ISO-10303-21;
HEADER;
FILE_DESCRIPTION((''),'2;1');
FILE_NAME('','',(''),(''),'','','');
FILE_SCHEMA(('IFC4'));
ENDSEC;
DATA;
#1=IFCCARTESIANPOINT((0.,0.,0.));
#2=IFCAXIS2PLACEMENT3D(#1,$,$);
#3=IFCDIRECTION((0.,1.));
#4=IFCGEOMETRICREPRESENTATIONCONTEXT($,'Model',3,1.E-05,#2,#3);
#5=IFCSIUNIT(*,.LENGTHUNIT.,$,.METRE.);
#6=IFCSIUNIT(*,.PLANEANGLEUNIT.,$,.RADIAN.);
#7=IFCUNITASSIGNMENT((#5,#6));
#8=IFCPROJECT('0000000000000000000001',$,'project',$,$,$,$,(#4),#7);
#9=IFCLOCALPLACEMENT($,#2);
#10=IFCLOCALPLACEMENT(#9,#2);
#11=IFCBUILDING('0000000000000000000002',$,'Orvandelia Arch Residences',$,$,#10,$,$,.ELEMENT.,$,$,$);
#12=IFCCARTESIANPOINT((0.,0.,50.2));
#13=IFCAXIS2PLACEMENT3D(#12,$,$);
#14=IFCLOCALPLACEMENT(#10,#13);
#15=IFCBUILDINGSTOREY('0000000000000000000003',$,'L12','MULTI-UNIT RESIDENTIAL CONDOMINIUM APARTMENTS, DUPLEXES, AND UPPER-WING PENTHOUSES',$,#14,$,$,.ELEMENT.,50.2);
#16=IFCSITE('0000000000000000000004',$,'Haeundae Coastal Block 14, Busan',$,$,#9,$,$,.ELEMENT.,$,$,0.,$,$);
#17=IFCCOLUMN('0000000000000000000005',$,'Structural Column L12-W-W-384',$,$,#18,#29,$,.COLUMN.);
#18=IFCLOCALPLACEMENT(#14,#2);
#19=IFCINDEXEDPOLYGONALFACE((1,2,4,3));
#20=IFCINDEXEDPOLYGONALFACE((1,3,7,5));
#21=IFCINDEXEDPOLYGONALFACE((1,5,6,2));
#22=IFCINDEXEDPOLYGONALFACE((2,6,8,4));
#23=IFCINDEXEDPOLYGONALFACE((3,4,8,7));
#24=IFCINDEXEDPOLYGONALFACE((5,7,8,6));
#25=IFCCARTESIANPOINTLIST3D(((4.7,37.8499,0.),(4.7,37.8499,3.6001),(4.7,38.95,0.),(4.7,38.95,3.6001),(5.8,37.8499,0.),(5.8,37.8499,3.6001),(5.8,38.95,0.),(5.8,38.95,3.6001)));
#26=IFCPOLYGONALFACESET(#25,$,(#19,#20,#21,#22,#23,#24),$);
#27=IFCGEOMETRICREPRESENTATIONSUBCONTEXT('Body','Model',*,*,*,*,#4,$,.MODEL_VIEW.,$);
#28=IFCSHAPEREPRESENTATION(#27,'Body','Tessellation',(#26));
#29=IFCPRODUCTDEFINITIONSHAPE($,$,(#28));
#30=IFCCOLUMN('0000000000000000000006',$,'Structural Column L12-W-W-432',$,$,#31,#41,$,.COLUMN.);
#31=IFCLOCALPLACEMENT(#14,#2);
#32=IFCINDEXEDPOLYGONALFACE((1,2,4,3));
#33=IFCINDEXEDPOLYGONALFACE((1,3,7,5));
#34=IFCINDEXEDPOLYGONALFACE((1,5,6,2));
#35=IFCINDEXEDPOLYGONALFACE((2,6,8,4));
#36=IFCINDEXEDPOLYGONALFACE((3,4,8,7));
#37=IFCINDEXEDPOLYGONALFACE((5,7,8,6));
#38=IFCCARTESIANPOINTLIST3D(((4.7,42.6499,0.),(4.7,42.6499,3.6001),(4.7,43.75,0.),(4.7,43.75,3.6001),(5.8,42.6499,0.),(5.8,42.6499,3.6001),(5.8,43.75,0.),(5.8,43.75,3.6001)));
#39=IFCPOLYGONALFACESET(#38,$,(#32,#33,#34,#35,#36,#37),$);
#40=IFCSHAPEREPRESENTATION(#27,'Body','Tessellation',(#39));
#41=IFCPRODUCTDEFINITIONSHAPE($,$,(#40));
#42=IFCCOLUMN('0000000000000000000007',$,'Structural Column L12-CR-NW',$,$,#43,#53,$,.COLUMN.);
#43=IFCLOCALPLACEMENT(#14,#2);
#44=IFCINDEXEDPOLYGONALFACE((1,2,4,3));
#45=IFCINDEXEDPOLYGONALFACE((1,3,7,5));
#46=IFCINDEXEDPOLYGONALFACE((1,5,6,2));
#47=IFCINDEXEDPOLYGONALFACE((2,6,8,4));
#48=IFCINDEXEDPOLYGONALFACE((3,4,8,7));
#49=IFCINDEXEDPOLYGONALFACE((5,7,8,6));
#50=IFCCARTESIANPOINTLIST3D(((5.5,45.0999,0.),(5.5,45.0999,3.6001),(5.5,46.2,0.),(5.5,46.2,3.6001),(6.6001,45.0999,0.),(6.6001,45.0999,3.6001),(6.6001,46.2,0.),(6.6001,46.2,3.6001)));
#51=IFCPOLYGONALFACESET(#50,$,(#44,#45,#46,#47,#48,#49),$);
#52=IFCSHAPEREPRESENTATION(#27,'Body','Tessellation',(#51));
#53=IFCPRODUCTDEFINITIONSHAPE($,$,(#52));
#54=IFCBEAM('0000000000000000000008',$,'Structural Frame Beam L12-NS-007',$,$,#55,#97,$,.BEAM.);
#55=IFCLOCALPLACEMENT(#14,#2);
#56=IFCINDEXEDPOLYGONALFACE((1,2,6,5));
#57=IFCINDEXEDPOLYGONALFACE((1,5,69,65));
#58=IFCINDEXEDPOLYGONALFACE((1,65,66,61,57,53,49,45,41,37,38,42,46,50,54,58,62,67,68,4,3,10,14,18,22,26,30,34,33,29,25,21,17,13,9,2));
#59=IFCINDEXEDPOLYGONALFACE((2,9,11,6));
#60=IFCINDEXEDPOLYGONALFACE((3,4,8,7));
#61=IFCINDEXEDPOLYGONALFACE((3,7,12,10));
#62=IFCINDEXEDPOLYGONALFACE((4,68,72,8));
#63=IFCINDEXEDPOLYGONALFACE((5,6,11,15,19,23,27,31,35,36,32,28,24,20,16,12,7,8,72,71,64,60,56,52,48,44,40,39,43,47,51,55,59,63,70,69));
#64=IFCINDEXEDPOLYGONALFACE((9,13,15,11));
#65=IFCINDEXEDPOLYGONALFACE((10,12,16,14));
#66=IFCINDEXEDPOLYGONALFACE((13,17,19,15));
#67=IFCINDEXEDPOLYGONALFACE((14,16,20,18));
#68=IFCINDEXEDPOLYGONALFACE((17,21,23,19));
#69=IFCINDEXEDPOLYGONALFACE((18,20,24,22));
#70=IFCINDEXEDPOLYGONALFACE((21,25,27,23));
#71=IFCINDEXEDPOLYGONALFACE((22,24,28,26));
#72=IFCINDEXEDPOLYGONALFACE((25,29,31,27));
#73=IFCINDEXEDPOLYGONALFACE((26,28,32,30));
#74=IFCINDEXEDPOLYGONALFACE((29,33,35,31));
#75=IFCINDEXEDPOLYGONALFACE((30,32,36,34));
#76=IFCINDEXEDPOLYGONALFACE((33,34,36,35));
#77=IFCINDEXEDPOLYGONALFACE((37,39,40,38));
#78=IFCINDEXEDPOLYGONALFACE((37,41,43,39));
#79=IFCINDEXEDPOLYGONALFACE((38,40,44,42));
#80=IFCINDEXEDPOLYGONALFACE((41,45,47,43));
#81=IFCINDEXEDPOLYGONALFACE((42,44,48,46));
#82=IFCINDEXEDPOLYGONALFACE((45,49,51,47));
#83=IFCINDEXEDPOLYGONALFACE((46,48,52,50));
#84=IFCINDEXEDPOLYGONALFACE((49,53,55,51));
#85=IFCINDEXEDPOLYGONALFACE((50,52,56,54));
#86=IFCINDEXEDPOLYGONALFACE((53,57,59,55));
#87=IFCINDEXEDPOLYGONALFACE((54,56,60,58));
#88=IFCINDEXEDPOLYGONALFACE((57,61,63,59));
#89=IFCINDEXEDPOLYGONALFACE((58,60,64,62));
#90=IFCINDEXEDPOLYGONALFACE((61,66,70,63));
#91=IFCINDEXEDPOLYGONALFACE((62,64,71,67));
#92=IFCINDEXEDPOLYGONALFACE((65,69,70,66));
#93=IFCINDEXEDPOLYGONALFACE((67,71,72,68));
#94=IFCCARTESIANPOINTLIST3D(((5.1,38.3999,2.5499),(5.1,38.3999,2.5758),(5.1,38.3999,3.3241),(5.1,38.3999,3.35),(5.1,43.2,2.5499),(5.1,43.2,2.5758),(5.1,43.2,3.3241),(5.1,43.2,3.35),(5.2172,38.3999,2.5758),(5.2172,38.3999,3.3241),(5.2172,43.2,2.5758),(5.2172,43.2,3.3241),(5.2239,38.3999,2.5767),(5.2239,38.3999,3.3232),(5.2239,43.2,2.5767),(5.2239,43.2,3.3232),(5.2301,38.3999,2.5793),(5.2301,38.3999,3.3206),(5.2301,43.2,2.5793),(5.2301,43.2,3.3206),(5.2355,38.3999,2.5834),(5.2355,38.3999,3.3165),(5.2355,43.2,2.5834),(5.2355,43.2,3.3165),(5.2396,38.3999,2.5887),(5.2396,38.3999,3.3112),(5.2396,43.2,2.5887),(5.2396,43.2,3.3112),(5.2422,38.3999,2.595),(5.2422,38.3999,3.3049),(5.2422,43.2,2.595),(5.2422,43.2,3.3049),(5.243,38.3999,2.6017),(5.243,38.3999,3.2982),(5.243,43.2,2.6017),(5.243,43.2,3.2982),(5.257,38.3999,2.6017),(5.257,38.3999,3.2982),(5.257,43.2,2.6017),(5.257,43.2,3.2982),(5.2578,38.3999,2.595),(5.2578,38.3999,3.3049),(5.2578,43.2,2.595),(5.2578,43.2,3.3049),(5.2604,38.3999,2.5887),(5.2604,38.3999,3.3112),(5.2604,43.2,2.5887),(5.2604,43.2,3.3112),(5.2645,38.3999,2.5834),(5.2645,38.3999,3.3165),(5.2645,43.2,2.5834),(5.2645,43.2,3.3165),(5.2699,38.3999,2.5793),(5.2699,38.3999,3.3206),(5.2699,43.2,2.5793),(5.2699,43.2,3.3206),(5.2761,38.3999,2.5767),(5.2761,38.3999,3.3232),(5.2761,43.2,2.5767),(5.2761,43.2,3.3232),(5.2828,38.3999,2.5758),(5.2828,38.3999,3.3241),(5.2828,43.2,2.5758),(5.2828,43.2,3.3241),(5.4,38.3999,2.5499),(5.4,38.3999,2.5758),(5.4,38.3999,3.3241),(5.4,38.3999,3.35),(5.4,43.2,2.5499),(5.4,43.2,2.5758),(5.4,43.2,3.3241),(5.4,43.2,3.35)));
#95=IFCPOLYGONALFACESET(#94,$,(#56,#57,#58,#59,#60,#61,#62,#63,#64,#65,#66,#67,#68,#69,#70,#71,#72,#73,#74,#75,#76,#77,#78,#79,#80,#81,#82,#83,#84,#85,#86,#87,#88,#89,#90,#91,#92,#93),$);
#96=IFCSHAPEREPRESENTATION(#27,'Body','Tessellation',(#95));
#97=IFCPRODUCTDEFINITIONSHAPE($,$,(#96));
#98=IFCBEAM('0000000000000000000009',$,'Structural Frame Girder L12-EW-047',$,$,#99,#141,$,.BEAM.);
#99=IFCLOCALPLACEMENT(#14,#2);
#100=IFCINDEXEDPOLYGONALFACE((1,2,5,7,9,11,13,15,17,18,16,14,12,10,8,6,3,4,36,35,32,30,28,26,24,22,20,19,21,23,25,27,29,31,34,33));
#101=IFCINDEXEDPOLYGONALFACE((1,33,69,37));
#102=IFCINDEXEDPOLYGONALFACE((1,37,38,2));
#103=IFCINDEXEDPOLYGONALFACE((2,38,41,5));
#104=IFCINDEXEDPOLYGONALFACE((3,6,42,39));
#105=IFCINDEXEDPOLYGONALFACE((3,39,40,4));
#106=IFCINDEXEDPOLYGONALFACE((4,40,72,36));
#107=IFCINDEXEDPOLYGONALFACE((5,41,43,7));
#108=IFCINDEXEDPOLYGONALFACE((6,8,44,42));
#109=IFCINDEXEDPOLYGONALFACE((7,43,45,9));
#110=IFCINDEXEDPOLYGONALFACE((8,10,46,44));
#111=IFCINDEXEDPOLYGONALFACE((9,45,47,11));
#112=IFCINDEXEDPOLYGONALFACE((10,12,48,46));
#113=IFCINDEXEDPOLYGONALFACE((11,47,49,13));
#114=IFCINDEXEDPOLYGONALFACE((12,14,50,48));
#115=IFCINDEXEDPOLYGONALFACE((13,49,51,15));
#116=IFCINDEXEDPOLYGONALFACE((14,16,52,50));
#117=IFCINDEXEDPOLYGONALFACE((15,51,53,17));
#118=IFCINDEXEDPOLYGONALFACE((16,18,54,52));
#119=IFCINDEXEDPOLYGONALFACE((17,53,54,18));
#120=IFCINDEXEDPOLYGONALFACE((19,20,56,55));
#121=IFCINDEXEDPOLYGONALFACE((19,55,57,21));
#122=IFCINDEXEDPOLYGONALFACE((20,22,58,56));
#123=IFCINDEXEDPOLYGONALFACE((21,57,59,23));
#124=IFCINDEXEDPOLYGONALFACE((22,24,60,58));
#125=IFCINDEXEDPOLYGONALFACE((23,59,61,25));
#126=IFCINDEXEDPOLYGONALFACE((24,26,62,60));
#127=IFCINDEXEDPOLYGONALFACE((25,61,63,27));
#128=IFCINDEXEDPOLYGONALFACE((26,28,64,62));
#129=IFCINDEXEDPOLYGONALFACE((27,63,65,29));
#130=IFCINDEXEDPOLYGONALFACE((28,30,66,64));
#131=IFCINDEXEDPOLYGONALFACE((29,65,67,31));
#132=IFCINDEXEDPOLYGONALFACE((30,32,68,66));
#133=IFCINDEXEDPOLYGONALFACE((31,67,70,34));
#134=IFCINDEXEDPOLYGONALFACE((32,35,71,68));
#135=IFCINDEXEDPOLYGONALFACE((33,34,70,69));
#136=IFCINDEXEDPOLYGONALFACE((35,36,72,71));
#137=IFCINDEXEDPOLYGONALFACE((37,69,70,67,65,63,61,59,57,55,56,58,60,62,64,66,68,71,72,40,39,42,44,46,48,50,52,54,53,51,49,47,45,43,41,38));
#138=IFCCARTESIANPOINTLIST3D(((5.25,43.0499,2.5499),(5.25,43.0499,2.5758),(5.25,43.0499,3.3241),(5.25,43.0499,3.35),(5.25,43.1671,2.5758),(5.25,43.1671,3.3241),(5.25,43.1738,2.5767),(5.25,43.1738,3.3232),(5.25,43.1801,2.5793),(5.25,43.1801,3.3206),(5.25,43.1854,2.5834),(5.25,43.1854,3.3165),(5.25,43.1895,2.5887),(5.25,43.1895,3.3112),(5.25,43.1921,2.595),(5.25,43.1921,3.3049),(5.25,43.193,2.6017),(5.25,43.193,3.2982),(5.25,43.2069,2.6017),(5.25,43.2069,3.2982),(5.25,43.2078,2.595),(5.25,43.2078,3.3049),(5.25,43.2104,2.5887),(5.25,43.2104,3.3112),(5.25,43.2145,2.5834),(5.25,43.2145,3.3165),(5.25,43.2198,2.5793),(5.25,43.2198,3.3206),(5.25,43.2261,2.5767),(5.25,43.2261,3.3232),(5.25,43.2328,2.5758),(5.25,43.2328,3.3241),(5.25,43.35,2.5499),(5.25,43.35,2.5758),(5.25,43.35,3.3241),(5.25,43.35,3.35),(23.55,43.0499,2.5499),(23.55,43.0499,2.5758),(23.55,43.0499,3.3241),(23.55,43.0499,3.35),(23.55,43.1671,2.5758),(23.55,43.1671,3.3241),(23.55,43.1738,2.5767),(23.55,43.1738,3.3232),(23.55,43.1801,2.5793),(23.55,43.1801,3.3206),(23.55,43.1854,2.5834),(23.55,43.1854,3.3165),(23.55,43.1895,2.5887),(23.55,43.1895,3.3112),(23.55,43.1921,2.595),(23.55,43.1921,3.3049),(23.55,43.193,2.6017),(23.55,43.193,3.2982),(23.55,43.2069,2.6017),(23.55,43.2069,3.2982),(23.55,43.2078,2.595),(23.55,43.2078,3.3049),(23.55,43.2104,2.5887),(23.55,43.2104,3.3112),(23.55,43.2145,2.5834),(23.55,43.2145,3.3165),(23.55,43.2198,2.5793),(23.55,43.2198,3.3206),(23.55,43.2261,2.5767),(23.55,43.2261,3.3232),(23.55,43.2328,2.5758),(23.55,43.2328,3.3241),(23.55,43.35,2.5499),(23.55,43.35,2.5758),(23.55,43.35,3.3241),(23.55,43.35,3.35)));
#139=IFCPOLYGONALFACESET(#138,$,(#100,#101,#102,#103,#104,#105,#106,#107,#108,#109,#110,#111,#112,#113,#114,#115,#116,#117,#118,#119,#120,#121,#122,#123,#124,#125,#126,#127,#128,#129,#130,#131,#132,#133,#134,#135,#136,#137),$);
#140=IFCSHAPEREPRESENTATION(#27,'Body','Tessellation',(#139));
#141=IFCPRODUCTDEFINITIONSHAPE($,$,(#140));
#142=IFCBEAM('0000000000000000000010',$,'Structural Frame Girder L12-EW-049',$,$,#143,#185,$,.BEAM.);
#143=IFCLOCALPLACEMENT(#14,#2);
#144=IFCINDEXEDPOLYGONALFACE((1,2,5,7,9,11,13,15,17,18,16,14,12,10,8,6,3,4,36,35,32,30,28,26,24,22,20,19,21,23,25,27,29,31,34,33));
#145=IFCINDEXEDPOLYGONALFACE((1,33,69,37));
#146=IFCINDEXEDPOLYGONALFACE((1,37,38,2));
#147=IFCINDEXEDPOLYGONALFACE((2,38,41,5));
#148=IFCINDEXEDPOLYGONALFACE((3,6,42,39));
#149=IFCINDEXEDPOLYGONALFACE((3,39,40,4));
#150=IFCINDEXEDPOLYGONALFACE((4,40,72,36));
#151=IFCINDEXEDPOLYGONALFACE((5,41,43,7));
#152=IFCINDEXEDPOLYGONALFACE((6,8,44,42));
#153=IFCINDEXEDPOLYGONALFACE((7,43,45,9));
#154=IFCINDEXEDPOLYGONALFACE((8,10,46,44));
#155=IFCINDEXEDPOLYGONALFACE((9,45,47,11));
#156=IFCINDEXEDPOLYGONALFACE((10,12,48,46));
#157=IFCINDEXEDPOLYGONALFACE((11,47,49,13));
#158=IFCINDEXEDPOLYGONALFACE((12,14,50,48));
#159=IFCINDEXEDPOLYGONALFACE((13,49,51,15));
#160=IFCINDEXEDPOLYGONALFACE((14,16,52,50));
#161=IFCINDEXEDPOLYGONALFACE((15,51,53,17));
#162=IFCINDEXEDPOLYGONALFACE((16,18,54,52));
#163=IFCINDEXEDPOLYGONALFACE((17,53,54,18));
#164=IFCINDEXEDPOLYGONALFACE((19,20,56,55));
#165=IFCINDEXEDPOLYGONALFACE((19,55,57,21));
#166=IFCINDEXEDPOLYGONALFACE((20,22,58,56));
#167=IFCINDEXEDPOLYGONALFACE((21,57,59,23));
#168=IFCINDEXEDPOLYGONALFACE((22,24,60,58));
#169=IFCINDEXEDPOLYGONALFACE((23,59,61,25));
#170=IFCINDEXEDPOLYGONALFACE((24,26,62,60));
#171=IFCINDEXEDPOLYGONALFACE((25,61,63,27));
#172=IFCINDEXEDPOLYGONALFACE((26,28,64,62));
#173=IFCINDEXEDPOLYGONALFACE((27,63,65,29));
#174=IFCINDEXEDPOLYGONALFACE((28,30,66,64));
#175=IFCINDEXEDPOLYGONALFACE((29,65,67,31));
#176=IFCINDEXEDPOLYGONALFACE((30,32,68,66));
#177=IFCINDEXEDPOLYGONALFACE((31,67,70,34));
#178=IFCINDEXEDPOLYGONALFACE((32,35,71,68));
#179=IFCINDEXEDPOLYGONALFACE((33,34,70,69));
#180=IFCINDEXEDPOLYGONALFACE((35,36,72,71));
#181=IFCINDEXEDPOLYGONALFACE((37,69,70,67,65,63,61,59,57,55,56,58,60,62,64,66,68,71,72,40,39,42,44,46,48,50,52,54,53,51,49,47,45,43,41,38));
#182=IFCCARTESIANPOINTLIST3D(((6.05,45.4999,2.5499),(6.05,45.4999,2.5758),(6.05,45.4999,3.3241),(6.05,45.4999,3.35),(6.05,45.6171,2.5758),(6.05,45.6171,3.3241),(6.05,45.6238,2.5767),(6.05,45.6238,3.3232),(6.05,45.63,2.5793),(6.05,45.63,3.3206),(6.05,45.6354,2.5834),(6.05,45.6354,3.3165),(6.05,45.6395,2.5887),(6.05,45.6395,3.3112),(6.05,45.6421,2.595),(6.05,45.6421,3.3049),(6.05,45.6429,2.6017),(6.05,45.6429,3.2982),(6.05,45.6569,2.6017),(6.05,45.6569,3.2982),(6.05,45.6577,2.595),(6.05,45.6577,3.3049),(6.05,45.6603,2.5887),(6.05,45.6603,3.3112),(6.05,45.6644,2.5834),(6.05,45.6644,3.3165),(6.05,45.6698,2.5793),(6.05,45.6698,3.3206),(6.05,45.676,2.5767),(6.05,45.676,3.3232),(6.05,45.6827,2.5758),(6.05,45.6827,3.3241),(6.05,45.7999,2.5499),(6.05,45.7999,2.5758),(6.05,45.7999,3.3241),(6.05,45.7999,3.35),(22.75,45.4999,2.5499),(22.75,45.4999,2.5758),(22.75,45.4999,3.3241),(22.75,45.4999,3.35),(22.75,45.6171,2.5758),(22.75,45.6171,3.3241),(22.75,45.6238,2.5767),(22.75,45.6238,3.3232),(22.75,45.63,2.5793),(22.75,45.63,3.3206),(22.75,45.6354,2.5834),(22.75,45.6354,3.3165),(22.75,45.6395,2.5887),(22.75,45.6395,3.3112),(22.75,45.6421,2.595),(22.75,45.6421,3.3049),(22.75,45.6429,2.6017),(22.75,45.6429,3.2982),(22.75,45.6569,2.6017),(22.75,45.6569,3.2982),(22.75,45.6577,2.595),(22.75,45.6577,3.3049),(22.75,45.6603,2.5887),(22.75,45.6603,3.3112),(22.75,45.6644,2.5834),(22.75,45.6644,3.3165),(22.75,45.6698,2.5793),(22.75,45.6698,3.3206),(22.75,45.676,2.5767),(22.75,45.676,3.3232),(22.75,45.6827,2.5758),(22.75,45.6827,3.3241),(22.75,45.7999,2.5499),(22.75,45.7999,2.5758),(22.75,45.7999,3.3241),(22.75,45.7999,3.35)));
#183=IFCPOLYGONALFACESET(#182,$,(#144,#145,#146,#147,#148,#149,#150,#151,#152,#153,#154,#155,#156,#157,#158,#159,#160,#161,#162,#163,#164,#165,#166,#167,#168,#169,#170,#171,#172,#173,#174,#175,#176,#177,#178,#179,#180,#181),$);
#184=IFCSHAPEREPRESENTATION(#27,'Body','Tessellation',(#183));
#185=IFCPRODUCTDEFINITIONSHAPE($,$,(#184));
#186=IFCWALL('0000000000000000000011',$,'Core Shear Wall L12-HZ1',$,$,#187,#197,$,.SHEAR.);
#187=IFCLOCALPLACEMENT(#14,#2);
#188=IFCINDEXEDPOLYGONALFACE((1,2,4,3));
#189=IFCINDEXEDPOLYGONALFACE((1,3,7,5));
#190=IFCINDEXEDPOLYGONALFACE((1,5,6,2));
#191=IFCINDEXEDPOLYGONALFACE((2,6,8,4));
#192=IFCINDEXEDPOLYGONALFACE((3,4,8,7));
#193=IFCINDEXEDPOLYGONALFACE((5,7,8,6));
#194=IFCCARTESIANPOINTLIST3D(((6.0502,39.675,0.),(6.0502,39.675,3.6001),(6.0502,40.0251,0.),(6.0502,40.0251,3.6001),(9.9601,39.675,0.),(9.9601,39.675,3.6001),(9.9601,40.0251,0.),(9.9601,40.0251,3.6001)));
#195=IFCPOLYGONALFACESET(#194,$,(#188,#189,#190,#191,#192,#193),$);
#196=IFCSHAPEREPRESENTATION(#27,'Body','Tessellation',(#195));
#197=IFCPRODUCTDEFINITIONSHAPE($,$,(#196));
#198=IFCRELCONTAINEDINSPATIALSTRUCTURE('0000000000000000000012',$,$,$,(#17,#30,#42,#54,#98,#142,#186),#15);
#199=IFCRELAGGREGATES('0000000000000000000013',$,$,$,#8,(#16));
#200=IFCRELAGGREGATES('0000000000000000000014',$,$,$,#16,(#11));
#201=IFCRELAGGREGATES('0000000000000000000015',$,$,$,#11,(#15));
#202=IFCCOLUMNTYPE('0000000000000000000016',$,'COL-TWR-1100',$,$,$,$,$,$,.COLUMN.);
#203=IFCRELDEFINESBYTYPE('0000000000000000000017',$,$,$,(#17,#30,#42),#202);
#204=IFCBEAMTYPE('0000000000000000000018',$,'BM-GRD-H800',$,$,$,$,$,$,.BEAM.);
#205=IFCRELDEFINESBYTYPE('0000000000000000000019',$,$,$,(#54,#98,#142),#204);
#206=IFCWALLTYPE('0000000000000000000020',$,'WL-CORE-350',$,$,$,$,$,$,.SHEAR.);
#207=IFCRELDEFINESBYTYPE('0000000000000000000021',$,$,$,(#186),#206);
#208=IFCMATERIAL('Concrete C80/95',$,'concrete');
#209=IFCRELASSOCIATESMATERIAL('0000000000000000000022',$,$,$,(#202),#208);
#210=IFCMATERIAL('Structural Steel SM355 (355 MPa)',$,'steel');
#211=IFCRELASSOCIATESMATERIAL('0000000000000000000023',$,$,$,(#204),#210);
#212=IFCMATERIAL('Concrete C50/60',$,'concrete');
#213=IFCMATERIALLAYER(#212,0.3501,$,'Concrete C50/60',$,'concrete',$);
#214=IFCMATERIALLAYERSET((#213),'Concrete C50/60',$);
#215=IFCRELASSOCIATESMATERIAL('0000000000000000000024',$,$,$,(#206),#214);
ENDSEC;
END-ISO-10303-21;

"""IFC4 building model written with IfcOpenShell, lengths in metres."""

from ifc_helpers import new_model, si_unit, direction, frame, frame_2d, origin, origin_2d, place, context, subcontext, project, spatial, rectangle, i_section, extrude, material, layer, layer_set, material_profile, profile_set, type_object, element, save


model = new_model("IFC4")

# Units and contexts
model_context = context("Model", 3, precision=1e-05, world=origin(), true_north=direction((0.0, 1.0)))
body_context = subcontext(model_context, "Body", "Model", "MODEL_VIEW")
ifc_project = project(units=[si_unit("LENGTHUNIT", "METRE"), si_unit("PLANEANGLEUNIT", "RADIAN")], contexts=[model_context])

# Site, building, storey
site_placement = place(None, origin())
site = spatial("IfcSite", under=ifc_project, at=site_placement, Name="Haeundae Coastal Block 14, Busan", CompositionType="ELEMENT", RefElevation=0.0)
building_placement = place(site_placement, origin())
building = spatial("IfcBuilding", under=site, at=building_placement, Name="Orvandelia Arch Residences", CompositionType="ELEMENT")
storey_placement = place(building_placement, frame((0.0, 0.0, 50.2)))
storey = spatial("IfcBuildingStorey", under=building, at=storey_placement, Name="L12", Description="MULTI-UNIT RESIDENTIAL CONDOMINIUM APARTMENTS, DUPLEXES, AND UPPER-WING PENTHOUSES", CompositionType="ELEMENT", Elevation=50.2)

# Columns
ifc_material_1 = material(Name="Concrete C80/95", Category="concrete")
ifc_material_profile_1 = material_profile(ifc_material_1, rectangle(XDim=1.1001, YDim=1.1001, at=origin_2d()), Name="Concrete C80/95", Category="concrete")
ifc_profile_set_1 = profile_set([ifc_material_profile_1], Name="Concrete C80/95")
column_type = type_object("IfcColumnType", Name="COL-TWR-1100", PredefinedType="COLUMN", material=ifc_profile_set_1)
for number, where, z_axis, x_axis, name in (
    (1, (5.25, 38.3999, 0.0), (0.0, 0.0, 1.0), (1.0, 0.0, 0.0), "Structural Column L12-W-W-384"),
    (2, (5.25, 43.2, 0.0), (0.0, 0.0, 1.0), (1.0, 0.0, 0.0), "Structural Column L12-W-W-432"),
    (3, (6.05, 45.6499, 0.0), (0.0, 0.0, 1.0), (1.0, 0.0, 0.0), "Structural Column L12-CR-NW"),
):
    element("IfcColumn", number, at=place(storey_placement, frame(where, z_axis=z_axis, x_axis=x_axis)), inside=storey, type_object=column_type, Name=name, PredefinedType="COLUMN", context=body_context, shape_type="SweptSolid", body=[
        extrude(rectangle(XDim=1.1001, YDim=1.1001, at=origin_2d()), origin(), (0.0, 0.0, 1.0), 3.6001),
    ])

# Beams
ifc_material_2 = material(Name="Structural Steel SM355 (355 MPa)", Category="steel")
ifc_material_profile_2 = material_profile(ifc_material_2, i_section(OverallWidth=0.3, OverallDepth=0.8, WebThickness=0.0139, FlangeThickness=0.0259, FilletRadius=0.0259, at=origin_2d()), Name="Structural Steel SM355 (355 MPa)", Category="steel")
ifc_profile_set_2 = profile_set([ifc_material_profile_2], Name="Structural Steel SM355 (355 MPa)")
beam_type = type_object("IfcBeamType", Name="BM-GRD-H800", PredefinedType="BEAM", material=ifc_profile_set_2)
beam_1_placement = place(storey_placement, frame((5.25, 38.3999, 2.95), z_axis=(0.0, 1.0, 0.0), x_axis=(-1.0, 0.0, 0.0)))
element("IfcBeam", 4, at=beam_1_placement, inside=storey, type_object=beam_type, Name="Structural Frame Beam L12-NS-007", PredefinedType="BEAM", context=body_context, shape_type="SweptSolid", body=[
    extrude(i_section(OverallWidth=0.3, OverallDepth=0.8, WebThickness=0.0139, FlangeThickness=0.0259, FilletRadius=0.0259, at=origin_2d()), origin(), (0.0, 0.0, 1.0), 4.8),
])
beam_2_placement = place(storey_placement, frame((5.25, 43.2, 2.95), z_axis=(1.0, 0.0, 0.0), x_axis=(0.0, 1.0, 0.0)))
element("IfcBeam", 5, at=beam_2_placement, inside=storey, type_object=beam_type, Name="Structural Frame Girder L12-EW-047", PredefinedType="BEAM", context=body_context, shape_type="SweptSolid", body=[
    extrude(i_section(OverallWidth=0.3, OverallDepth=0.8, WebThickness=0.0139, FlangeThickness=0.0259, FilletRadius=0.0259, at=origin_2d()), origin(), (0.0, 0.0, 1.0), 18.3),
])
beam_3_placement = place(storey_placement, frame((6.05, 45.6499, 2.95), z_axis=(1.0, 0.0, 0.0), x_axis=(0.0, 1.0, 0.0)))
element("IfcBeam", 6, at=beam_3_placement, inside=storey, type_object=beam_type, Name="Structural Frame Girder L12-EW-049", PredefinedType="BEAM", context=body_context, shape_type="SweptSolid", body=[
    extrude(i_section(OverallWidth=0.3, OverallDepth=0.8, WebThickness=0.0139, FlangeThickness=0.0259, FilletRadius=0.0259, at=origin_2d()), origin(), (0.0, 0.0, 1.0), 16.7),
])

# Wall
ifc_material_3 = material(Name="Concrete C50/60", Category="concrete")
ifc_layer_1 = layer(ifc_material_3, 0.3501, Name="Concrete C50/60", Category="concrete")
ifc_layer_set_1 = layer_set([ifc_layer_1], Name="Concrete C50/60")
wall_type_1 = type_object("IfcWallType", Name="WL-CORE-350", PredefinedType="SHEAR", material=ifc_layer_set_1)
wall_1_placement = place(storey_placement, frame((6.05, 39.8501, 0.0), z_axis=(0.0, 0.0, 1.0), x_axis=(1.0, 0.0, 0.0)))
element("IfcWall", 7, at=wall_1_placement, inside=storey, type_object=wall_type_1, Name="Core Shear Wall L12-HZ1", PredefinedType="SHEAR", context=body_context, shape_type="SweptSolid", body=[
    extrude(rectangle(XDim=3.9099, YDim=0.3501, at=frame_2d((1.9551, 0.0))), origin(), (0.0, 0.0, 1.0), 3.6001),
])

save(model, "model.ifc")
